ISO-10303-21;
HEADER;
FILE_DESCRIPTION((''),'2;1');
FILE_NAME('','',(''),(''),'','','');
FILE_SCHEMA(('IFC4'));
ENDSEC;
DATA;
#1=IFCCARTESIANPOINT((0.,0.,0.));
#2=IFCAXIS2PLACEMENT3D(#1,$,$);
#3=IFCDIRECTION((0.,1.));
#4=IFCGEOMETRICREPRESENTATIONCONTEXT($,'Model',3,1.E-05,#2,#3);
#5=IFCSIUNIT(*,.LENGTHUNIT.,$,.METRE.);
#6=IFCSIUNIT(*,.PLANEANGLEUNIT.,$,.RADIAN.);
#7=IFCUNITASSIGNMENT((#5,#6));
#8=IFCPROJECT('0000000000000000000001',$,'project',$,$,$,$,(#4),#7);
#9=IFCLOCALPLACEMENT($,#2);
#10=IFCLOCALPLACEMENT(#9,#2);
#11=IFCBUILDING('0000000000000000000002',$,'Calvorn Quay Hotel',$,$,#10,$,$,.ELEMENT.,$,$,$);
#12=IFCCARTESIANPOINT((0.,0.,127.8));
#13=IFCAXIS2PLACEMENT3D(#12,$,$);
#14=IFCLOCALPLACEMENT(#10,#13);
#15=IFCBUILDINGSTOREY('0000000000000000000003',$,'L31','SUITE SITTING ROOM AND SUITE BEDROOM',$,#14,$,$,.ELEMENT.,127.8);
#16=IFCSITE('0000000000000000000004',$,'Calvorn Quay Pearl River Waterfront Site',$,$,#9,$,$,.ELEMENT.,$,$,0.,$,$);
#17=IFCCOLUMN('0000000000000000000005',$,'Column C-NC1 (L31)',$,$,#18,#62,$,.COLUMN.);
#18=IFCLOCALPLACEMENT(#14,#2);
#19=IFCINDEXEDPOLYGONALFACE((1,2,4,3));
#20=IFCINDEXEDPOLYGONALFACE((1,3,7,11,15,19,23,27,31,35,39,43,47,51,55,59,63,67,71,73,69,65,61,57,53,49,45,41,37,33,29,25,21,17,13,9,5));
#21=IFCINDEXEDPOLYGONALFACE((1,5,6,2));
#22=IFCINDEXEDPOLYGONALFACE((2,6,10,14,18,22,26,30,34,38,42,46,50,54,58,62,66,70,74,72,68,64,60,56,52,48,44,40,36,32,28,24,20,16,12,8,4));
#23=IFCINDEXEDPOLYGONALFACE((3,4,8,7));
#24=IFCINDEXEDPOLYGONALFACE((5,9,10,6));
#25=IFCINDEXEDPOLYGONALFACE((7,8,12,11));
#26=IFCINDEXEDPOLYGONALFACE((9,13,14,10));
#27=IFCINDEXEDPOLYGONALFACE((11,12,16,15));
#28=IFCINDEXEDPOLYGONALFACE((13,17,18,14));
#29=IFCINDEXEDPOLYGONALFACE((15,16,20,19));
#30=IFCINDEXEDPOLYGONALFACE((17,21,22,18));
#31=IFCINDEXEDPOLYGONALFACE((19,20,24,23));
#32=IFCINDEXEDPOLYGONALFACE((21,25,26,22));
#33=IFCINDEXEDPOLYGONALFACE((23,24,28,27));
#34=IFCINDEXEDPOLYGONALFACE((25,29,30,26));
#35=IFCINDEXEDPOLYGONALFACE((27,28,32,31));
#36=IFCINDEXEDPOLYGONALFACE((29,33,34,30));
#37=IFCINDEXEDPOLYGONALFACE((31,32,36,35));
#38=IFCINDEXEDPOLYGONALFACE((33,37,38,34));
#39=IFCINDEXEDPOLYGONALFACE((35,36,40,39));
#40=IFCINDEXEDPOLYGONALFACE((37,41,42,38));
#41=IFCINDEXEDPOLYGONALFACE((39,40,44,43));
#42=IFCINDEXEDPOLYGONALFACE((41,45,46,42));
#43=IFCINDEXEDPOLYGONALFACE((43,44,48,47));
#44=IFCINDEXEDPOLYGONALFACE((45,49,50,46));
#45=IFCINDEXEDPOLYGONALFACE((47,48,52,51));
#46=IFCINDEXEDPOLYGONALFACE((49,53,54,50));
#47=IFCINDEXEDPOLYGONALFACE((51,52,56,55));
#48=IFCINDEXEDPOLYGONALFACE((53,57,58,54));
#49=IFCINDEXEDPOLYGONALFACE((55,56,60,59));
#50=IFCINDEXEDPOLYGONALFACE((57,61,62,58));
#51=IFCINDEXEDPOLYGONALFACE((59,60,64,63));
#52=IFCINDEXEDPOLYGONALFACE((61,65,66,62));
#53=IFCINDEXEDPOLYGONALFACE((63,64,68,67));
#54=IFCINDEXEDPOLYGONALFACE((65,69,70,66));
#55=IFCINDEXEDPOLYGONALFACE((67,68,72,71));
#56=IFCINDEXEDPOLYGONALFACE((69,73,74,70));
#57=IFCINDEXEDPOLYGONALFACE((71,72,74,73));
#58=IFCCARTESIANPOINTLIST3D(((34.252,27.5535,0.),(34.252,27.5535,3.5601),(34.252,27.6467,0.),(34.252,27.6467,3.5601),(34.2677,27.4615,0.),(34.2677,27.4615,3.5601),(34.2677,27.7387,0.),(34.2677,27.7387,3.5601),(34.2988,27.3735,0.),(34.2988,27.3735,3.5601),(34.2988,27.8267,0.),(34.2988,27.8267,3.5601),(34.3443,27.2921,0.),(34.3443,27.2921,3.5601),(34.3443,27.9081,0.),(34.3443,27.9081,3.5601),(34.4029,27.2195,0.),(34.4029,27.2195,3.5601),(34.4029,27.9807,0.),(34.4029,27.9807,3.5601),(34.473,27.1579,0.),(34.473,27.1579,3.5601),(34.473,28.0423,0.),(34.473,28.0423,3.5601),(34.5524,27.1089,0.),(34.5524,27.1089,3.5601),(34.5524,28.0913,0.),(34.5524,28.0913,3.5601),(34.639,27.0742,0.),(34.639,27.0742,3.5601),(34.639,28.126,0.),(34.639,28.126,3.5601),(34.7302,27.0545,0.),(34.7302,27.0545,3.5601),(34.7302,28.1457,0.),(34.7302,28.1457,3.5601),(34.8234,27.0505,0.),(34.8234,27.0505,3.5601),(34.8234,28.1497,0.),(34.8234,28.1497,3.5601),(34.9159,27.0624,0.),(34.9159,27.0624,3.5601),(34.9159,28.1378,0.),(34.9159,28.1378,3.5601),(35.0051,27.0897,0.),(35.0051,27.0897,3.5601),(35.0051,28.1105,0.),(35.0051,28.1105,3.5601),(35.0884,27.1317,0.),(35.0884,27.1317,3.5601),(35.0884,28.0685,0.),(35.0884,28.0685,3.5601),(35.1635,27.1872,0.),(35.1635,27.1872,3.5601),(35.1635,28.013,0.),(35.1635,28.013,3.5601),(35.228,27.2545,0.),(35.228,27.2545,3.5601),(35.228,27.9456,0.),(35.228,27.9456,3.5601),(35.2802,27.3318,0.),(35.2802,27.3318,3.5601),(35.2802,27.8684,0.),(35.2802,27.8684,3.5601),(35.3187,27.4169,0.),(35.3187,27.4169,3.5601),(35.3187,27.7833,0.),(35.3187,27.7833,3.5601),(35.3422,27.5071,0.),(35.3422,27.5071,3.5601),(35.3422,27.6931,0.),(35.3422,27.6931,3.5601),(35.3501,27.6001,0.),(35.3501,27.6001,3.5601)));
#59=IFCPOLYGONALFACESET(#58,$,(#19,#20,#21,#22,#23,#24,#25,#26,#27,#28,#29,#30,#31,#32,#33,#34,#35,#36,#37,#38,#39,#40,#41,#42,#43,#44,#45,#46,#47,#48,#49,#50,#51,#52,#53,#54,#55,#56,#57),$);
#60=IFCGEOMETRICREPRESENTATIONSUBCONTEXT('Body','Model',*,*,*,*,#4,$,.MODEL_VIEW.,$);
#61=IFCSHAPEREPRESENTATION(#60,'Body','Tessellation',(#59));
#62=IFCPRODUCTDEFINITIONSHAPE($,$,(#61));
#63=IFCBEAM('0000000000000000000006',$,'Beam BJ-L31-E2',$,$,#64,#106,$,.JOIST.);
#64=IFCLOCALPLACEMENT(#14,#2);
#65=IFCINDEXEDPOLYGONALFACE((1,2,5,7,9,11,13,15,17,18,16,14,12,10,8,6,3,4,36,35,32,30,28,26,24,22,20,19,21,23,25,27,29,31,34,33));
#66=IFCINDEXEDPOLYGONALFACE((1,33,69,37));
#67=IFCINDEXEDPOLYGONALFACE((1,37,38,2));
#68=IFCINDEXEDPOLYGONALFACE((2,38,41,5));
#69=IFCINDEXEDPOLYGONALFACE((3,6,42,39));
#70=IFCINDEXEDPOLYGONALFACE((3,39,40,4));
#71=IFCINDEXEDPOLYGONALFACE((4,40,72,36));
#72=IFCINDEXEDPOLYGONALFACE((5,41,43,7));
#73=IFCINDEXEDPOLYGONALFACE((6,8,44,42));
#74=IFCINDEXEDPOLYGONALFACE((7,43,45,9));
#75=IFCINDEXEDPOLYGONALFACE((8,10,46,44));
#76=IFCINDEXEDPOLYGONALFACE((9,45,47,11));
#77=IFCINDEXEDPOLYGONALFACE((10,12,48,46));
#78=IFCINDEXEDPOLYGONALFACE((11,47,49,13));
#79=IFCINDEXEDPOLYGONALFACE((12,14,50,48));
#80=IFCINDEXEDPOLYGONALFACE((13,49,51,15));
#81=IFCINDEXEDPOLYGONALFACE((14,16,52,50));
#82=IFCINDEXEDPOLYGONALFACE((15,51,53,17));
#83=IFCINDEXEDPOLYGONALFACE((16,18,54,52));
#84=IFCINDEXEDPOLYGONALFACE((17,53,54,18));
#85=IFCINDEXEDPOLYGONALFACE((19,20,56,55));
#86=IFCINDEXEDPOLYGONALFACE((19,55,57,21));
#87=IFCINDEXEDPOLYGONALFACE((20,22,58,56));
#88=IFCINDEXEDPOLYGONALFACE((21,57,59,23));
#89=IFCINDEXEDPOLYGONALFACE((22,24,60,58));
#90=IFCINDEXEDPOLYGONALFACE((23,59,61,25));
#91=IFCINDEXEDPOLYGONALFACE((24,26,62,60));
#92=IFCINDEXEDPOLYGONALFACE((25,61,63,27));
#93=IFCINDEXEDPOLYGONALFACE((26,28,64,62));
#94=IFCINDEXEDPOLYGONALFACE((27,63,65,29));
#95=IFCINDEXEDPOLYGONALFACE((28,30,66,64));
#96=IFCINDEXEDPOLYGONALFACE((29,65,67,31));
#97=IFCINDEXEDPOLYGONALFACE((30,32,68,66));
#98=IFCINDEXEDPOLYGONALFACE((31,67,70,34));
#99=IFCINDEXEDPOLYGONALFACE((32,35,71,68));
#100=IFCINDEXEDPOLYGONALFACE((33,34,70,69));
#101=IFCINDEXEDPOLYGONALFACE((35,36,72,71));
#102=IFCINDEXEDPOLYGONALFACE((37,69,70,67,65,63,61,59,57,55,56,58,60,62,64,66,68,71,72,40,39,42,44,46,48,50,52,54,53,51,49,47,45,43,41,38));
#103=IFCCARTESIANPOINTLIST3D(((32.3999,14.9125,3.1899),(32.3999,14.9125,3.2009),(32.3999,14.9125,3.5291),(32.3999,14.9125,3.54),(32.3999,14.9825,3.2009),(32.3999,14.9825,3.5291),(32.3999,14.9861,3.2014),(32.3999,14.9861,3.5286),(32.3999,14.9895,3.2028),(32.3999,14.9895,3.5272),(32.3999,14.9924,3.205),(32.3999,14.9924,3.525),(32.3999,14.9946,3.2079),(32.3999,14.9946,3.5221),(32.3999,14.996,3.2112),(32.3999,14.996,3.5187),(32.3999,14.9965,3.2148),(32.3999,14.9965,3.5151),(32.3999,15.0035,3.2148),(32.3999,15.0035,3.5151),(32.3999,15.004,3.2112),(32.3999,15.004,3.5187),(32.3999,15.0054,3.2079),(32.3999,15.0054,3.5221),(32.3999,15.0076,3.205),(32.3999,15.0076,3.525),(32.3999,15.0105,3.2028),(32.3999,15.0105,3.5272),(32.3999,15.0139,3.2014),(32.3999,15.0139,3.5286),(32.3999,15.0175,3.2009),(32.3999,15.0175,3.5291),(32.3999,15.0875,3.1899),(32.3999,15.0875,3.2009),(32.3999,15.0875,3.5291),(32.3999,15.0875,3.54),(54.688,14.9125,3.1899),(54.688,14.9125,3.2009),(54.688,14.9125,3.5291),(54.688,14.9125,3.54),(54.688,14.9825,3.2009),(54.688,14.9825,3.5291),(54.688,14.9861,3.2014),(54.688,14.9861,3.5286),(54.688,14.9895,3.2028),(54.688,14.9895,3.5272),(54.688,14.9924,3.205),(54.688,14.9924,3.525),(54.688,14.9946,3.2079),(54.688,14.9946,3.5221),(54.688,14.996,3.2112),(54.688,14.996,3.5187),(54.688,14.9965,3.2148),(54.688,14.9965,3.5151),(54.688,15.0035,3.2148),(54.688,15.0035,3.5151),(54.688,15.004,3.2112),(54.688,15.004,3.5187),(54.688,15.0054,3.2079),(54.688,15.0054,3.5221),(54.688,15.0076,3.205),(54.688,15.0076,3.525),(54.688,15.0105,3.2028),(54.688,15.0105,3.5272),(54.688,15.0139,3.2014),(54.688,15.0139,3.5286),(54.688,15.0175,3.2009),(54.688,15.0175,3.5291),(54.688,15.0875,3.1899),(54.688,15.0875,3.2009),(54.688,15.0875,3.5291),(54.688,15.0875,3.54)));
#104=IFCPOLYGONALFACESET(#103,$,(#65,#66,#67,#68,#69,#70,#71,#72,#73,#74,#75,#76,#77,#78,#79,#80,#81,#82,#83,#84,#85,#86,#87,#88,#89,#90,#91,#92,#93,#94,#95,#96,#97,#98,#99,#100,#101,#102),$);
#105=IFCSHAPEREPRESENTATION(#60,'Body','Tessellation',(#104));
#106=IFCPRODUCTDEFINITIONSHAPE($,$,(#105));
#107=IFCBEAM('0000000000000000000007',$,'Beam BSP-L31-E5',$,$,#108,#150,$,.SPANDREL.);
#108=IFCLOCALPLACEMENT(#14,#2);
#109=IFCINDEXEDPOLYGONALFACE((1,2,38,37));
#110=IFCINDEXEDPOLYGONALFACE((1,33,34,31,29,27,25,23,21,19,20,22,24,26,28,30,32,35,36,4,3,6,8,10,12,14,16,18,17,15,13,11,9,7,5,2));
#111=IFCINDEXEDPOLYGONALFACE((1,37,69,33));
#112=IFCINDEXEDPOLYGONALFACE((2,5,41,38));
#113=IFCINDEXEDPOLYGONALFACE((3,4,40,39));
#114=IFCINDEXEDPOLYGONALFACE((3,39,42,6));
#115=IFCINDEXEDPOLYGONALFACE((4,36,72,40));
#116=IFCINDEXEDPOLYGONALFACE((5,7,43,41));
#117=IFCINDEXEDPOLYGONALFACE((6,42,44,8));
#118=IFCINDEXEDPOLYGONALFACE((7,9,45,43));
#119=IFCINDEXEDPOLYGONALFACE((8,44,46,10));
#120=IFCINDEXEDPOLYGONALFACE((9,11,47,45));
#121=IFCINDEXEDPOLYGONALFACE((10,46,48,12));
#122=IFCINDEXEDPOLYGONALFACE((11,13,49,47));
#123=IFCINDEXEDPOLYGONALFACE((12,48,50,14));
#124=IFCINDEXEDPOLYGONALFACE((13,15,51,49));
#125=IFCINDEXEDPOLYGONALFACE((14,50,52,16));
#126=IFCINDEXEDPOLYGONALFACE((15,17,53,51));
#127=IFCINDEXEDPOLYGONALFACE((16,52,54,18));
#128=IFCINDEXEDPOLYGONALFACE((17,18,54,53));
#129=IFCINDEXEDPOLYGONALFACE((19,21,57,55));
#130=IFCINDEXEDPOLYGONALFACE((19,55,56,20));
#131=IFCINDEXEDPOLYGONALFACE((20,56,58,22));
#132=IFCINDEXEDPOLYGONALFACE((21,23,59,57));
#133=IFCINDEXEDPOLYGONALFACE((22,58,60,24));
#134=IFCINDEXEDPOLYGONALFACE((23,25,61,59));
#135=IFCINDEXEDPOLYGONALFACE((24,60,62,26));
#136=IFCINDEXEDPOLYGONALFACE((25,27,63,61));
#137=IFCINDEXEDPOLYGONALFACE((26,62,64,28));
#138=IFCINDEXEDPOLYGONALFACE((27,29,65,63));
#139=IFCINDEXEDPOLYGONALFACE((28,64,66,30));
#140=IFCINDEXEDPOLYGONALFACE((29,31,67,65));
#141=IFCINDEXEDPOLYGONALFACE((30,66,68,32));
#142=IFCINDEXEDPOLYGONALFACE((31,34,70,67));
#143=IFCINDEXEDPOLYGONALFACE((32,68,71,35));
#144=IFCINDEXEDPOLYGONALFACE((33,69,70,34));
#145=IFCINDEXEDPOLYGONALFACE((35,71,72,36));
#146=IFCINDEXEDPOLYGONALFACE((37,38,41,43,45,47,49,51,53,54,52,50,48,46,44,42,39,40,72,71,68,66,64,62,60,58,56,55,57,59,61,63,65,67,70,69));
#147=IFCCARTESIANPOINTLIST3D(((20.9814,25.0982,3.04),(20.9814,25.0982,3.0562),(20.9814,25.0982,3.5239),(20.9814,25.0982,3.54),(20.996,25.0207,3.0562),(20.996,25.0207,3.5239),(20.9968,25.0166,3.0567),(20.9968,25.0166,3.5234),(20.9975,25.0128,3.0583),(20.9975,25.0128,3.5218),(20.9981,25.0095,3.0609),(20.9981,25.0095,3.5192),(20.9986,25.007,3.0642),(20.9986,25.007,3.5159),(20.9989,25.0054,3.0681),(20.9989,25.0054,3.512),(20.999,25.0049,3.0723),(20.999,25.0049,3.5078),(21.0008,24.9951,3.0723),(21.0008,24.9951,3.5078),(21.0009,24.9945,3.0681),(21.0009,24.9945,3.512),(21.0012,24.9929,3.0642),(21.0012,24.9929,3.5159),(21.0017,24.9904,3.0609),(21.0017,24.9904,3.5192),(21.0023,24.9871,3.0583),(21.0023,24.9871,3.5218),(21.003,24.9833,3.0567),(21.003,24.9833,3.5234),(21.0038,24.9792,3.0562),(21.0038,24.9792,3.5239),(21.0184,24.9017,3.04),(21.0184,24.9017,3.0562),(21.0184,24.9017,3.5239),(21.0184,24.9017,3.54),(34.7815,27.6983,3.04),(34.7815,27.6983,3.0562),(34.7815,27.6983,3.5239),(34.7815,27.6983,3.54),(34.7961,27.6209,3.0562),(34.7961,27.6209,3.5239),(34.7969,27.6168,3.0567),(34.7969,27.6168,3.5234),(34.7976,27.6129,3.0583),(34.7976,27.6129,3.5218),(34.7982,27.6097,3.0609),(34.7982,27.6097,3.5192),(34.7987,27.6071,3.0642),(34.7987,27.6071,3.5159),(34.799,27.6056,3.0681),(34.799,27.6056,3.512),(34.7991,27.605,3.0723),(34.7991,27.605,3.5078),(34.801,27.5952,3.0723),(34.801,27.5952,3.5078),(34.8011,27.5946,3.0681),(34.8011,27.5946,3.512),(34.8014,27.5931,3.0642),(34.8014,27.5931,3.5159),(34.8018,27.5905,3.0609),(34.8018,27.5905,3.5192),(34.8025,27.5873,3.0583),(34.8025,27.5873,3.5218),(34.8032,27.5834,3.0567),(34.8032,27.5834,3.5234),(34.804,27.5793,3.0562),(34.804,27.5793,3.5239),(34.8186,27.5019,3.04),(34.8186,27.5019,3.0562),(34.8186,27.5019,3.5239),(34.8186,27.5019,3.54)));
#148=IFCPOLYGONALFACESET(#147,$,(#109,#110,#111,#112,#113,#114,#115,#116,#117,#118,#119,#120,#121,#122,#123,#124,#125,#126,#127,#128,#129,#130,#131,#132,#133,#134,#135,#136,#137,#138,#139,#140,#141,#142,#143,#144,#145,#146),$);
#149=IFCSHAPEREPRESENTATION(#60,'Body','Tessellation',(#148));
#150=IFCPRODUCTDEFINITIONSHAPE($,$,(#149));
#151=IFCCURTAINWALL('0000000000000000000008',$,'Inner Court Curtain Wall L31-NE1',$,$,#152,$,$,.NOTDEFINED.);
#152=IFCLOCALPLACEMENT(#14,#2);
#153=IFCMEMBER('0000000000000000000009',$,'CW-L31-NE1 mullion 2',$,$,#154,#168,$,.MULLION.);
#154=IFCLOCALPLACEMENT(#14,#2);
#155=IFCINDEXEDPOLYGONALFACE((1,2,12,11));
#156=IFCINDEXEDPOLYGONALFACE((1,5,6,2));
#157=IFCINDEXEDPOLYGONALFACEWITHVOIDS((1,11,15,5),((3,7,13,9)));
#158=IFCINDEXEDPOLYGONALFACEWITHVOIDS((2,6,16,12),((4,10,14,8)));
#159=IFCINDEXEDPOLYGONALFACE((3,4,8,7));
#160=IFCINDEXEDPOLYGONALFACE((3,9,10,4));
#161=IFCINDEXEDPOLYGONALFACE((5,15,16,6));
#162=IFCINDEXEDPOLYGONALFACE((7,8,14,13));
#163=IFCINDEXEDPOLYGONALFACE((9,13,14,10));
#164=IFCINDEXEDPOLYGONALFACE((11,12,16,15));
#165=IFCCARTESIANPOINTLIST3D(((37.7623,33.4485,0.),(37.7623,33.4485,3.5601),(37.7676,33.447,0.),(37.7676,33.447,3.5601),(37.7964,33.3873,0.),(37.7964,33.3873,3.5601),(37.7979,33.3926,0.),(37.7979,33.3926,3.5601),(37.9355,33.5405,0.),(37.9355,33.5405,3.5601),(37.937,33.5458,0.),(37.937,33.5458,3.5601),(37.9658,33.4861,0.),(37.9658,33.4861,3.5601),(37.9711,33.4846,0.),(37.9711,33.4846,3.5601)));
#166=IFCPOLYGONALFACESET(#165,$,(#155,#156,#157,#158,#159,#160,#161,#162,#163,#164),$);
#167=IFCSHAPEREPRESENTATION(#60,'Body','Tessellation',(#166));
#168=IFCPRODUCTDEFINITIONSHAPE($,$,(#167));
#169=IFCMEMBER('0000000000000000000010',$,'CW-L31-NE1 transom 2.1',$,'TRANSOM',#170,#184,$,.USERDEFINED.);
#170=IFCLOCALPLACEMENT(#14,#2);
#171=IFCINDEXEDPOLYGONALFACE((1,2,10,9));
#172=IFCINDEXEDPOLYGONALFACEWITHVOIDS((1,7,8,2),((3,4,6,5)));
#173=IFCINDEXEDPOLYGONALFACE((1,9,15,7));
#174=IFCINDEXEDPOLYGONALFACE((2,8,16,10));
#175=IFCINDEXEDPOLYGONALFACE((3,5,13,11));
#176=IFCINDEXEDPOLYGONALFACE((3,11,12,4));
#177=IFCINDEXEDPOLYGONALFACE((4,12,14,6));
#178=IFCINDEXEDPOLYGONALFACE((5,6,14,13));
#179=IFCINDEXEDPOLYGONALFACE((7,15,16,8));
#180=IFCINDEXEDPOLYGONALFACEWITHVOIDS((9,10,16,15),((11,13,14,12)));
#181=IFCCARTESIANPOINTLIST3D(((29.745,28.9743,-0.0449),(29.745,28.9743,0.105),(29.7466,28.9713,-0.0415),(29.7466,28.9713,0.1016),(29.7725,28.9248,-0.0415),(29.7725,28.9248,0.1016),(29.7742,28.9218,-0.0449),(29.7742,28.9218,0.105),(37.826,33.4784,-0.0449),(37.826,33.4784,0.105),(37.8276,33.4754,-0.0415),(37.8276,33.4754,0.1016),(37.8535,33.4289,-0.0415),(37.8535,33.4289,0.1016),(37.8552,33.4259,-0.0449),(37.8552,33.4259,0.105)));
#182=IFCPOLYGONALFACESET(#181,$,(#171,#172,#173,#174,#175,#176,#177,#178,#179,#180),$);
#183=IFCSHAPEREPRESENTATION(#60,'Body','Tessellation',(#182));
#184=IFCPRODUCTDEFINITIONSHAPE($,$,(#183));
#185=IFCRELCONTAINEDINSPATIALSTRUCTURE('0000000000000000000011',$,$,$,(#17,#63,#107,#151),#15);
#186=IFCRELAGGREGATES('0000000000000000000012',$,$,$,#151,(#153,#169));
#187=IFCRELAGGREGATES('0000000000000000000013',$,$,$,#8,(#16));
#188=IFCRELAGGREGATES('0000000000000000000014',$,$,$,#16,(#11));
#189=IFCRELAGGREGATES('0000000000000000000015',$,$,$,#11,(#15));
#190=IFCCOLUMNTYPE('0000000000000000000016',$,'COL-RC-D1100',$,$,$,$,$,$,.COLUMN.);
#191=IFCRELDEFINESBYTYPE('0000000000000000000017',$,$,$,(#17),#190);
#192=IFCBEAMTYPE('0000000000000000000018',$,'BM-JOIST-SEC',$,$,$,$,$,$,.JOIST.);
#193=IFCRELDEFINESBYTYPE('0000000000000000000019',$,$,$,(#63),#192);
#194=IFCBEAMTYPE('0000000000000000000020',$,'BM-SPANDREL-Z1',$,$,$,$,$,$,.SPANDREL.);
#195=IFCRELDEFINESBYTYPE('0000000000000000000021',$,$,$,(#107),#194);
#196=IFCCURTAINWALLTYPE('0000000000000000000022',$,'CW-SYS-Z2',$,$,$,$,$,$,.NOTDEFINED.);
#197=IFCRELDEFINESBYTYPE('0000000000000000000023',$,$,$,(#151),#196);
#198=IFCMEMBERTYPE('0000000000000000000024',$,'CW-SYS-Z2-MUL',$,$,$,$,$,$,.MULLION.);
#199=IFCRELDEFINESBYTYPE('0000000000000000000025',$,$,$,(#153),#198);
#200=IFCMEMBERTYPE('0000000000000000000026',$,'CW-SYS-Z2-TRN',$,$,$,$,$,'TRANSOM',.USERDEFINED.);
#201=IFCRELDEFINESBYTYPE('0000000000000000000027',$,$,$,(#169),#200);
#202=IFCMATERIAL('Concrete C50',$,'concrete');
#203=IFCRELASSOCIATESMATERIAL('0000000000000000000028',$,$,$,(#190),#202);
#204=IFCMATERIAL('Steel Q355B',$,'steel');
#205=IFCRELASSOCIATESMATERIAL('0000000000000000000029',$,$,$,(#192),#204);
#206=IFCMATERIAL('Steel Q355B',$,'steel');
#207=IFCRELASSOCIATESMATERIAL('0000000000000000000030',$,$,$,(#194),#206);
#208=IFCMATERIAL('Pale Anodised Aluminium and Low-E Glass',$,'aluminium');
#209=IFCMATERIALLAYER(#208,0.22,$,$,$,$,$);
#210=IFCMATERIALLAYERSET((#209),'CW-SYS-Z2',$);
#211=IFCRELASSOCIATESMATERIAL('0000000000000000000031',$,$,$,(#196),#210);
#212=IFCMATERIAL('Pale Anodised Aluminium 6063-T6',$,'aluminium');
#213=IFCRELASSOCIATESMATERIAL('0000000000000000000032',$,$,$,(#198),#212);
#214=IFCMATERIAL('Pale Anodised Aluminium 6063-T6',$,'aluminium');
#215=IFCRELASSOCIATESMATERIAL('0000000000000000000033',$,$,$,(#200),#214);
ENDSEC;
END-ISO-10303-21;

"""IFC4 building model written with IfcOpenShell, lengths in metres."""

from ifc_helpers import new_model, si_unit, direction, frame, origin, origin_2d, place, context, subcontext, project, spatial, hollow_rectangle, circle, i_section, extrude, material, layer, layer_set, material_profile, profile_set, type_object, element, aggregate, save


model = new_model("IFC4")

# Units and contexts
model_context = context("Model", 3, precision=1e-05, world=origin(), true_north=direction((0.0, 1.0)))
body_context = subcontext(model_context, "Body", "Model", "MODEL_VIEW")
ifc_project = project(units=[si_unit("LENGTHUNIT", "METRE"), si_unit("PLANEANGLEUNIT", "RADIAN")], contexts=[model_context])

# Site, building, storey
site_placement = place(None, origin())
site = spatial("IfcSite", under=ifc_project, at=site_placement, Name="Calvorn Quay Pearl River Waterfront Site", CompositionType="ELEMENT", RefElevation=0.0)
building_placement = place(site_placement, origin())
building = spatial("IfcBuilding", under=site, at=building_placement, Name="Calvorn Quay Hotel", CompositionType="ELEMENT")
storey_placement = place(building_placement, frame((0.0, 0.0, 127.8)))
storey = spatial("IfcBuildingStorey", under=building, at=storey_placement, Name="L31", Description="SUITE SITTING ROOM AND SUITE BEDROOM", CompositionType="ELEMENT", Elevation=127.8)

# Column
ifc_material_1 = material(Name="Concrete C50", Category="concrete")
ifc_material_profile_1 = material_profile(ifc_material_1, circle(Radius=0.55, at=origin_2d()), Name="RCD1100")
ifc_profile_set_1 = profile_set([ifc_material_profile_1], Name="Concrete C50")
column_type = type_object("IfcColumnType", Name="COL-RC-D1100", PredefinedType="COLUMN", material=ifc_profile_set_1)
column_placement = place(storey_placement, frame((34.8, 27.6001, 0.0), z_axis=(0.0, 0.0, 1.0), x_axis=(1.0, 0.0, 0.0)))
element("IfcColumn", 1, at=column_placement, inside=storey, type_object=column_type, Name="Column C-NC1 (L31)", PredefinedType="COLUMN", context=body_context, shape_type="SweptSolid", body=[
    extrude(circle(Radius=0.55, at=origin_2d()), origin(), (0.0, 0.0, 1.0), 3.5601),
])

# Beams
ifc_material_2 = material(Name="Steel Q355B", Category="steel")
ifc_material_profile_2 = material_profile(ifc_material_2, i_section(OverallWidth=0.175, OverallDepth=0.3501, WebThickness=0.0071, FlangeThickness=0.011, FilletRadius=0.0139, at=origin_2d()), Name="HN350x175x7x11")
ifc_profile_set_2 = profile_set([ifc_material_profile_2], Name="Steel Q355B")
beam_type_1 = type_object("IfcBeamType", Name="BM-JOIST-SEC", PredefinedType="JOIST", material=ifc_profile_set_2)
beam_1_placement = place(storey_placement, frame((32.3999, 15.0, 3.365), z_axis=(1.0, 0.0, 0.0), x_axis=(0.0, 1.0, 0.0)))
element("IfcBeam", 2, at=beam_1_placement, inside=storey, type_object=beam_type_1, Name="Beam BJ-L31-E2", PredefinedType="JOIST", context=body_context, shape_type="SweptSolid", body=[
    extrude(i_section(OverallWidth=0.175, OverallDepth=0.3501, WebThickness=0.0071, FlangeThickness=0.011, FilletRadius=0.0139, at=origin_2d()), origin(), (0.0, 0.0, 1.0), 22.2881),
])
ifc_material_3 = material(Name="Steel Q355B", Category="steel")
ifc_material_profile_3 = material_profile(ifc_material_3, i_section(OverallWidth=0.2, OverallDepth=0.5, WebThickness=0.01, FlangeThickness=0.0161, FilletRadius=0.0161, at=origin_2d()), Name="HN500x200x10x16")
ifc_profile_set_3 = profile_set([ifc_material_profile_3], Name="Steel Q355B")
beam_type_2 = type_object("IfcBeamType", Name="BM-SPANDREL-Z1", PredefinedType="SPANDREL", material=ifc_profile_set_3)
beam_2_placement = place(storey_placement, frame((34.8, 27.6001, 3.29), z_axis=(-0.982709, -0.185154, 0.0), x_axis=(0.185154, -0.982709, 0.0)))
element("IfcBeam", 3, at=beam_2_placement, inside=storey, type_object=beam_type_2, Name="Beam BSP-L31-E5", PredefinedType="SPANDREL", context=body_context, shape_type="SweptSolid", body=[
    extrude(i_section(OverallWidth=0.2, OverallDepth=0.5, WebThickness=0.01, FlangeThickness=0.0161, FilletRadius=0.0161, at=origin_2d()), origin(), (0.0, 0.0, 1.0), 14.043),
])

# Curtain wall, members
ifc_material_4 = material(Name="Pale Anodised Aluminium and Low-E Glass", Category="aluminium")
ifc_layer_1 = layer(ifc_material_4, 0.22)
ifc_layer_set_1 = layer_set([ifc_layer_1], Name="CW-SYS-Z2")
curtain_wall_type = type_object("IfcCurtainWallType", Name="CW-SYS-Z2", PredefinedType="NOTDEFINED", material=ifc_layer_set_1)
curtain_wall_placement = place(storey_placement, origin())
curtain_wall = element("IfcCurtainWall", 4, at=curtain_wall_placement, inside=storey, type_object=curtain_wall_type, Name="Inner Court Curtain Wall L31-NE1", PredefinedType="NOTDEFINED")
ifc_material_5 = material(Name="Pale Anodised Aluminium 6063-T6", Category="aluminium")
ifc_material_profile_4 = material_profile(ifc_material_5, hollow_rectangle(XDim=0.0701, YDim=0.2, WallThickness=0.0039, at=origin_2d()), Name="ALU-M200x70x4")
ifc_profile_set_4 = profile_set([ifc_material_profile_4], Name="Pale Anodised Aluminium 6063-T6")
member_type_1 = type_object("IfcMemberType", Name="CW-SYS-Z2-MUL", PredefinedType="MULLION", material=ifc_profile_set_4)
member_1_placement = place(storey_placement, frame((37.8667, 33.4666, 0.0), z_axis=(0.0, 0.0, 1.0), x_axis=(0.486858, -0.873481, 0.0)))
member_1 = element("IfcMember", 5, at=member_1_placement, type_object=member_type_1, Name="CW-L31-NE1 mullion 2", PredefinedType="MULLION", context=body_context, shape_type="SweptSolid", body=[
    extrude(hollow_rectangle(XDim=0.0701, YDim=0.2, WallThickness=0.0039, at=origin_2d()), origin(), (0.0, 0.0, 1.0), 3.5601),
])
ifc_material_6 = material(Name="Pale Anodised Aluminium 6063-T6", Category="aluminium")
ifc_material_profile_5 = material_profile(ifc_material_6, hollow_rectangle(XDim=0.0601, YDim=0.1499, WallThickness=0.0034, at=origin_2d()), Name="ALU-T150x60x3.5")
ifc_profile_set_5 = profile_set([ifc_material_profile_5], Name="Pale Anodised Aluminium 6063-T6")
member_type_2 = type_object("IfcMemberType", Name="CW-SYS-Z2-TRN", ElementType="TRANSOM", PredefinedType="USERDEFINED", material=ifc_profile_set_5)
member_2_placement = place(storey_placement, frame((37.8406, 33.4521, 0.03), z_axis=(-0.873483, -0.486855, 0.0), x_axis=(0.486855, -0.873483, 0.0)))
member_2 = element("IfcMember", 6, at=member_2_placement, type_object=member_type_2, Name="CW-L31-NE1 transom 2.1", ObjectType="TRANSOM", PredefinedType="USERDEFINED", context=body_context, shape_type="SweptSolid", body=[
    extrude(hollow_rectangle(XDim=0.0601, YDim=0.1499, WallThickness=0.0034, at=origin_2d()), origin(), (0.0, 0.0, 1.0), 9.2515),
])
aggregate(curtain_wall, [member_1, member_2])

save(model, "model.ifc")
